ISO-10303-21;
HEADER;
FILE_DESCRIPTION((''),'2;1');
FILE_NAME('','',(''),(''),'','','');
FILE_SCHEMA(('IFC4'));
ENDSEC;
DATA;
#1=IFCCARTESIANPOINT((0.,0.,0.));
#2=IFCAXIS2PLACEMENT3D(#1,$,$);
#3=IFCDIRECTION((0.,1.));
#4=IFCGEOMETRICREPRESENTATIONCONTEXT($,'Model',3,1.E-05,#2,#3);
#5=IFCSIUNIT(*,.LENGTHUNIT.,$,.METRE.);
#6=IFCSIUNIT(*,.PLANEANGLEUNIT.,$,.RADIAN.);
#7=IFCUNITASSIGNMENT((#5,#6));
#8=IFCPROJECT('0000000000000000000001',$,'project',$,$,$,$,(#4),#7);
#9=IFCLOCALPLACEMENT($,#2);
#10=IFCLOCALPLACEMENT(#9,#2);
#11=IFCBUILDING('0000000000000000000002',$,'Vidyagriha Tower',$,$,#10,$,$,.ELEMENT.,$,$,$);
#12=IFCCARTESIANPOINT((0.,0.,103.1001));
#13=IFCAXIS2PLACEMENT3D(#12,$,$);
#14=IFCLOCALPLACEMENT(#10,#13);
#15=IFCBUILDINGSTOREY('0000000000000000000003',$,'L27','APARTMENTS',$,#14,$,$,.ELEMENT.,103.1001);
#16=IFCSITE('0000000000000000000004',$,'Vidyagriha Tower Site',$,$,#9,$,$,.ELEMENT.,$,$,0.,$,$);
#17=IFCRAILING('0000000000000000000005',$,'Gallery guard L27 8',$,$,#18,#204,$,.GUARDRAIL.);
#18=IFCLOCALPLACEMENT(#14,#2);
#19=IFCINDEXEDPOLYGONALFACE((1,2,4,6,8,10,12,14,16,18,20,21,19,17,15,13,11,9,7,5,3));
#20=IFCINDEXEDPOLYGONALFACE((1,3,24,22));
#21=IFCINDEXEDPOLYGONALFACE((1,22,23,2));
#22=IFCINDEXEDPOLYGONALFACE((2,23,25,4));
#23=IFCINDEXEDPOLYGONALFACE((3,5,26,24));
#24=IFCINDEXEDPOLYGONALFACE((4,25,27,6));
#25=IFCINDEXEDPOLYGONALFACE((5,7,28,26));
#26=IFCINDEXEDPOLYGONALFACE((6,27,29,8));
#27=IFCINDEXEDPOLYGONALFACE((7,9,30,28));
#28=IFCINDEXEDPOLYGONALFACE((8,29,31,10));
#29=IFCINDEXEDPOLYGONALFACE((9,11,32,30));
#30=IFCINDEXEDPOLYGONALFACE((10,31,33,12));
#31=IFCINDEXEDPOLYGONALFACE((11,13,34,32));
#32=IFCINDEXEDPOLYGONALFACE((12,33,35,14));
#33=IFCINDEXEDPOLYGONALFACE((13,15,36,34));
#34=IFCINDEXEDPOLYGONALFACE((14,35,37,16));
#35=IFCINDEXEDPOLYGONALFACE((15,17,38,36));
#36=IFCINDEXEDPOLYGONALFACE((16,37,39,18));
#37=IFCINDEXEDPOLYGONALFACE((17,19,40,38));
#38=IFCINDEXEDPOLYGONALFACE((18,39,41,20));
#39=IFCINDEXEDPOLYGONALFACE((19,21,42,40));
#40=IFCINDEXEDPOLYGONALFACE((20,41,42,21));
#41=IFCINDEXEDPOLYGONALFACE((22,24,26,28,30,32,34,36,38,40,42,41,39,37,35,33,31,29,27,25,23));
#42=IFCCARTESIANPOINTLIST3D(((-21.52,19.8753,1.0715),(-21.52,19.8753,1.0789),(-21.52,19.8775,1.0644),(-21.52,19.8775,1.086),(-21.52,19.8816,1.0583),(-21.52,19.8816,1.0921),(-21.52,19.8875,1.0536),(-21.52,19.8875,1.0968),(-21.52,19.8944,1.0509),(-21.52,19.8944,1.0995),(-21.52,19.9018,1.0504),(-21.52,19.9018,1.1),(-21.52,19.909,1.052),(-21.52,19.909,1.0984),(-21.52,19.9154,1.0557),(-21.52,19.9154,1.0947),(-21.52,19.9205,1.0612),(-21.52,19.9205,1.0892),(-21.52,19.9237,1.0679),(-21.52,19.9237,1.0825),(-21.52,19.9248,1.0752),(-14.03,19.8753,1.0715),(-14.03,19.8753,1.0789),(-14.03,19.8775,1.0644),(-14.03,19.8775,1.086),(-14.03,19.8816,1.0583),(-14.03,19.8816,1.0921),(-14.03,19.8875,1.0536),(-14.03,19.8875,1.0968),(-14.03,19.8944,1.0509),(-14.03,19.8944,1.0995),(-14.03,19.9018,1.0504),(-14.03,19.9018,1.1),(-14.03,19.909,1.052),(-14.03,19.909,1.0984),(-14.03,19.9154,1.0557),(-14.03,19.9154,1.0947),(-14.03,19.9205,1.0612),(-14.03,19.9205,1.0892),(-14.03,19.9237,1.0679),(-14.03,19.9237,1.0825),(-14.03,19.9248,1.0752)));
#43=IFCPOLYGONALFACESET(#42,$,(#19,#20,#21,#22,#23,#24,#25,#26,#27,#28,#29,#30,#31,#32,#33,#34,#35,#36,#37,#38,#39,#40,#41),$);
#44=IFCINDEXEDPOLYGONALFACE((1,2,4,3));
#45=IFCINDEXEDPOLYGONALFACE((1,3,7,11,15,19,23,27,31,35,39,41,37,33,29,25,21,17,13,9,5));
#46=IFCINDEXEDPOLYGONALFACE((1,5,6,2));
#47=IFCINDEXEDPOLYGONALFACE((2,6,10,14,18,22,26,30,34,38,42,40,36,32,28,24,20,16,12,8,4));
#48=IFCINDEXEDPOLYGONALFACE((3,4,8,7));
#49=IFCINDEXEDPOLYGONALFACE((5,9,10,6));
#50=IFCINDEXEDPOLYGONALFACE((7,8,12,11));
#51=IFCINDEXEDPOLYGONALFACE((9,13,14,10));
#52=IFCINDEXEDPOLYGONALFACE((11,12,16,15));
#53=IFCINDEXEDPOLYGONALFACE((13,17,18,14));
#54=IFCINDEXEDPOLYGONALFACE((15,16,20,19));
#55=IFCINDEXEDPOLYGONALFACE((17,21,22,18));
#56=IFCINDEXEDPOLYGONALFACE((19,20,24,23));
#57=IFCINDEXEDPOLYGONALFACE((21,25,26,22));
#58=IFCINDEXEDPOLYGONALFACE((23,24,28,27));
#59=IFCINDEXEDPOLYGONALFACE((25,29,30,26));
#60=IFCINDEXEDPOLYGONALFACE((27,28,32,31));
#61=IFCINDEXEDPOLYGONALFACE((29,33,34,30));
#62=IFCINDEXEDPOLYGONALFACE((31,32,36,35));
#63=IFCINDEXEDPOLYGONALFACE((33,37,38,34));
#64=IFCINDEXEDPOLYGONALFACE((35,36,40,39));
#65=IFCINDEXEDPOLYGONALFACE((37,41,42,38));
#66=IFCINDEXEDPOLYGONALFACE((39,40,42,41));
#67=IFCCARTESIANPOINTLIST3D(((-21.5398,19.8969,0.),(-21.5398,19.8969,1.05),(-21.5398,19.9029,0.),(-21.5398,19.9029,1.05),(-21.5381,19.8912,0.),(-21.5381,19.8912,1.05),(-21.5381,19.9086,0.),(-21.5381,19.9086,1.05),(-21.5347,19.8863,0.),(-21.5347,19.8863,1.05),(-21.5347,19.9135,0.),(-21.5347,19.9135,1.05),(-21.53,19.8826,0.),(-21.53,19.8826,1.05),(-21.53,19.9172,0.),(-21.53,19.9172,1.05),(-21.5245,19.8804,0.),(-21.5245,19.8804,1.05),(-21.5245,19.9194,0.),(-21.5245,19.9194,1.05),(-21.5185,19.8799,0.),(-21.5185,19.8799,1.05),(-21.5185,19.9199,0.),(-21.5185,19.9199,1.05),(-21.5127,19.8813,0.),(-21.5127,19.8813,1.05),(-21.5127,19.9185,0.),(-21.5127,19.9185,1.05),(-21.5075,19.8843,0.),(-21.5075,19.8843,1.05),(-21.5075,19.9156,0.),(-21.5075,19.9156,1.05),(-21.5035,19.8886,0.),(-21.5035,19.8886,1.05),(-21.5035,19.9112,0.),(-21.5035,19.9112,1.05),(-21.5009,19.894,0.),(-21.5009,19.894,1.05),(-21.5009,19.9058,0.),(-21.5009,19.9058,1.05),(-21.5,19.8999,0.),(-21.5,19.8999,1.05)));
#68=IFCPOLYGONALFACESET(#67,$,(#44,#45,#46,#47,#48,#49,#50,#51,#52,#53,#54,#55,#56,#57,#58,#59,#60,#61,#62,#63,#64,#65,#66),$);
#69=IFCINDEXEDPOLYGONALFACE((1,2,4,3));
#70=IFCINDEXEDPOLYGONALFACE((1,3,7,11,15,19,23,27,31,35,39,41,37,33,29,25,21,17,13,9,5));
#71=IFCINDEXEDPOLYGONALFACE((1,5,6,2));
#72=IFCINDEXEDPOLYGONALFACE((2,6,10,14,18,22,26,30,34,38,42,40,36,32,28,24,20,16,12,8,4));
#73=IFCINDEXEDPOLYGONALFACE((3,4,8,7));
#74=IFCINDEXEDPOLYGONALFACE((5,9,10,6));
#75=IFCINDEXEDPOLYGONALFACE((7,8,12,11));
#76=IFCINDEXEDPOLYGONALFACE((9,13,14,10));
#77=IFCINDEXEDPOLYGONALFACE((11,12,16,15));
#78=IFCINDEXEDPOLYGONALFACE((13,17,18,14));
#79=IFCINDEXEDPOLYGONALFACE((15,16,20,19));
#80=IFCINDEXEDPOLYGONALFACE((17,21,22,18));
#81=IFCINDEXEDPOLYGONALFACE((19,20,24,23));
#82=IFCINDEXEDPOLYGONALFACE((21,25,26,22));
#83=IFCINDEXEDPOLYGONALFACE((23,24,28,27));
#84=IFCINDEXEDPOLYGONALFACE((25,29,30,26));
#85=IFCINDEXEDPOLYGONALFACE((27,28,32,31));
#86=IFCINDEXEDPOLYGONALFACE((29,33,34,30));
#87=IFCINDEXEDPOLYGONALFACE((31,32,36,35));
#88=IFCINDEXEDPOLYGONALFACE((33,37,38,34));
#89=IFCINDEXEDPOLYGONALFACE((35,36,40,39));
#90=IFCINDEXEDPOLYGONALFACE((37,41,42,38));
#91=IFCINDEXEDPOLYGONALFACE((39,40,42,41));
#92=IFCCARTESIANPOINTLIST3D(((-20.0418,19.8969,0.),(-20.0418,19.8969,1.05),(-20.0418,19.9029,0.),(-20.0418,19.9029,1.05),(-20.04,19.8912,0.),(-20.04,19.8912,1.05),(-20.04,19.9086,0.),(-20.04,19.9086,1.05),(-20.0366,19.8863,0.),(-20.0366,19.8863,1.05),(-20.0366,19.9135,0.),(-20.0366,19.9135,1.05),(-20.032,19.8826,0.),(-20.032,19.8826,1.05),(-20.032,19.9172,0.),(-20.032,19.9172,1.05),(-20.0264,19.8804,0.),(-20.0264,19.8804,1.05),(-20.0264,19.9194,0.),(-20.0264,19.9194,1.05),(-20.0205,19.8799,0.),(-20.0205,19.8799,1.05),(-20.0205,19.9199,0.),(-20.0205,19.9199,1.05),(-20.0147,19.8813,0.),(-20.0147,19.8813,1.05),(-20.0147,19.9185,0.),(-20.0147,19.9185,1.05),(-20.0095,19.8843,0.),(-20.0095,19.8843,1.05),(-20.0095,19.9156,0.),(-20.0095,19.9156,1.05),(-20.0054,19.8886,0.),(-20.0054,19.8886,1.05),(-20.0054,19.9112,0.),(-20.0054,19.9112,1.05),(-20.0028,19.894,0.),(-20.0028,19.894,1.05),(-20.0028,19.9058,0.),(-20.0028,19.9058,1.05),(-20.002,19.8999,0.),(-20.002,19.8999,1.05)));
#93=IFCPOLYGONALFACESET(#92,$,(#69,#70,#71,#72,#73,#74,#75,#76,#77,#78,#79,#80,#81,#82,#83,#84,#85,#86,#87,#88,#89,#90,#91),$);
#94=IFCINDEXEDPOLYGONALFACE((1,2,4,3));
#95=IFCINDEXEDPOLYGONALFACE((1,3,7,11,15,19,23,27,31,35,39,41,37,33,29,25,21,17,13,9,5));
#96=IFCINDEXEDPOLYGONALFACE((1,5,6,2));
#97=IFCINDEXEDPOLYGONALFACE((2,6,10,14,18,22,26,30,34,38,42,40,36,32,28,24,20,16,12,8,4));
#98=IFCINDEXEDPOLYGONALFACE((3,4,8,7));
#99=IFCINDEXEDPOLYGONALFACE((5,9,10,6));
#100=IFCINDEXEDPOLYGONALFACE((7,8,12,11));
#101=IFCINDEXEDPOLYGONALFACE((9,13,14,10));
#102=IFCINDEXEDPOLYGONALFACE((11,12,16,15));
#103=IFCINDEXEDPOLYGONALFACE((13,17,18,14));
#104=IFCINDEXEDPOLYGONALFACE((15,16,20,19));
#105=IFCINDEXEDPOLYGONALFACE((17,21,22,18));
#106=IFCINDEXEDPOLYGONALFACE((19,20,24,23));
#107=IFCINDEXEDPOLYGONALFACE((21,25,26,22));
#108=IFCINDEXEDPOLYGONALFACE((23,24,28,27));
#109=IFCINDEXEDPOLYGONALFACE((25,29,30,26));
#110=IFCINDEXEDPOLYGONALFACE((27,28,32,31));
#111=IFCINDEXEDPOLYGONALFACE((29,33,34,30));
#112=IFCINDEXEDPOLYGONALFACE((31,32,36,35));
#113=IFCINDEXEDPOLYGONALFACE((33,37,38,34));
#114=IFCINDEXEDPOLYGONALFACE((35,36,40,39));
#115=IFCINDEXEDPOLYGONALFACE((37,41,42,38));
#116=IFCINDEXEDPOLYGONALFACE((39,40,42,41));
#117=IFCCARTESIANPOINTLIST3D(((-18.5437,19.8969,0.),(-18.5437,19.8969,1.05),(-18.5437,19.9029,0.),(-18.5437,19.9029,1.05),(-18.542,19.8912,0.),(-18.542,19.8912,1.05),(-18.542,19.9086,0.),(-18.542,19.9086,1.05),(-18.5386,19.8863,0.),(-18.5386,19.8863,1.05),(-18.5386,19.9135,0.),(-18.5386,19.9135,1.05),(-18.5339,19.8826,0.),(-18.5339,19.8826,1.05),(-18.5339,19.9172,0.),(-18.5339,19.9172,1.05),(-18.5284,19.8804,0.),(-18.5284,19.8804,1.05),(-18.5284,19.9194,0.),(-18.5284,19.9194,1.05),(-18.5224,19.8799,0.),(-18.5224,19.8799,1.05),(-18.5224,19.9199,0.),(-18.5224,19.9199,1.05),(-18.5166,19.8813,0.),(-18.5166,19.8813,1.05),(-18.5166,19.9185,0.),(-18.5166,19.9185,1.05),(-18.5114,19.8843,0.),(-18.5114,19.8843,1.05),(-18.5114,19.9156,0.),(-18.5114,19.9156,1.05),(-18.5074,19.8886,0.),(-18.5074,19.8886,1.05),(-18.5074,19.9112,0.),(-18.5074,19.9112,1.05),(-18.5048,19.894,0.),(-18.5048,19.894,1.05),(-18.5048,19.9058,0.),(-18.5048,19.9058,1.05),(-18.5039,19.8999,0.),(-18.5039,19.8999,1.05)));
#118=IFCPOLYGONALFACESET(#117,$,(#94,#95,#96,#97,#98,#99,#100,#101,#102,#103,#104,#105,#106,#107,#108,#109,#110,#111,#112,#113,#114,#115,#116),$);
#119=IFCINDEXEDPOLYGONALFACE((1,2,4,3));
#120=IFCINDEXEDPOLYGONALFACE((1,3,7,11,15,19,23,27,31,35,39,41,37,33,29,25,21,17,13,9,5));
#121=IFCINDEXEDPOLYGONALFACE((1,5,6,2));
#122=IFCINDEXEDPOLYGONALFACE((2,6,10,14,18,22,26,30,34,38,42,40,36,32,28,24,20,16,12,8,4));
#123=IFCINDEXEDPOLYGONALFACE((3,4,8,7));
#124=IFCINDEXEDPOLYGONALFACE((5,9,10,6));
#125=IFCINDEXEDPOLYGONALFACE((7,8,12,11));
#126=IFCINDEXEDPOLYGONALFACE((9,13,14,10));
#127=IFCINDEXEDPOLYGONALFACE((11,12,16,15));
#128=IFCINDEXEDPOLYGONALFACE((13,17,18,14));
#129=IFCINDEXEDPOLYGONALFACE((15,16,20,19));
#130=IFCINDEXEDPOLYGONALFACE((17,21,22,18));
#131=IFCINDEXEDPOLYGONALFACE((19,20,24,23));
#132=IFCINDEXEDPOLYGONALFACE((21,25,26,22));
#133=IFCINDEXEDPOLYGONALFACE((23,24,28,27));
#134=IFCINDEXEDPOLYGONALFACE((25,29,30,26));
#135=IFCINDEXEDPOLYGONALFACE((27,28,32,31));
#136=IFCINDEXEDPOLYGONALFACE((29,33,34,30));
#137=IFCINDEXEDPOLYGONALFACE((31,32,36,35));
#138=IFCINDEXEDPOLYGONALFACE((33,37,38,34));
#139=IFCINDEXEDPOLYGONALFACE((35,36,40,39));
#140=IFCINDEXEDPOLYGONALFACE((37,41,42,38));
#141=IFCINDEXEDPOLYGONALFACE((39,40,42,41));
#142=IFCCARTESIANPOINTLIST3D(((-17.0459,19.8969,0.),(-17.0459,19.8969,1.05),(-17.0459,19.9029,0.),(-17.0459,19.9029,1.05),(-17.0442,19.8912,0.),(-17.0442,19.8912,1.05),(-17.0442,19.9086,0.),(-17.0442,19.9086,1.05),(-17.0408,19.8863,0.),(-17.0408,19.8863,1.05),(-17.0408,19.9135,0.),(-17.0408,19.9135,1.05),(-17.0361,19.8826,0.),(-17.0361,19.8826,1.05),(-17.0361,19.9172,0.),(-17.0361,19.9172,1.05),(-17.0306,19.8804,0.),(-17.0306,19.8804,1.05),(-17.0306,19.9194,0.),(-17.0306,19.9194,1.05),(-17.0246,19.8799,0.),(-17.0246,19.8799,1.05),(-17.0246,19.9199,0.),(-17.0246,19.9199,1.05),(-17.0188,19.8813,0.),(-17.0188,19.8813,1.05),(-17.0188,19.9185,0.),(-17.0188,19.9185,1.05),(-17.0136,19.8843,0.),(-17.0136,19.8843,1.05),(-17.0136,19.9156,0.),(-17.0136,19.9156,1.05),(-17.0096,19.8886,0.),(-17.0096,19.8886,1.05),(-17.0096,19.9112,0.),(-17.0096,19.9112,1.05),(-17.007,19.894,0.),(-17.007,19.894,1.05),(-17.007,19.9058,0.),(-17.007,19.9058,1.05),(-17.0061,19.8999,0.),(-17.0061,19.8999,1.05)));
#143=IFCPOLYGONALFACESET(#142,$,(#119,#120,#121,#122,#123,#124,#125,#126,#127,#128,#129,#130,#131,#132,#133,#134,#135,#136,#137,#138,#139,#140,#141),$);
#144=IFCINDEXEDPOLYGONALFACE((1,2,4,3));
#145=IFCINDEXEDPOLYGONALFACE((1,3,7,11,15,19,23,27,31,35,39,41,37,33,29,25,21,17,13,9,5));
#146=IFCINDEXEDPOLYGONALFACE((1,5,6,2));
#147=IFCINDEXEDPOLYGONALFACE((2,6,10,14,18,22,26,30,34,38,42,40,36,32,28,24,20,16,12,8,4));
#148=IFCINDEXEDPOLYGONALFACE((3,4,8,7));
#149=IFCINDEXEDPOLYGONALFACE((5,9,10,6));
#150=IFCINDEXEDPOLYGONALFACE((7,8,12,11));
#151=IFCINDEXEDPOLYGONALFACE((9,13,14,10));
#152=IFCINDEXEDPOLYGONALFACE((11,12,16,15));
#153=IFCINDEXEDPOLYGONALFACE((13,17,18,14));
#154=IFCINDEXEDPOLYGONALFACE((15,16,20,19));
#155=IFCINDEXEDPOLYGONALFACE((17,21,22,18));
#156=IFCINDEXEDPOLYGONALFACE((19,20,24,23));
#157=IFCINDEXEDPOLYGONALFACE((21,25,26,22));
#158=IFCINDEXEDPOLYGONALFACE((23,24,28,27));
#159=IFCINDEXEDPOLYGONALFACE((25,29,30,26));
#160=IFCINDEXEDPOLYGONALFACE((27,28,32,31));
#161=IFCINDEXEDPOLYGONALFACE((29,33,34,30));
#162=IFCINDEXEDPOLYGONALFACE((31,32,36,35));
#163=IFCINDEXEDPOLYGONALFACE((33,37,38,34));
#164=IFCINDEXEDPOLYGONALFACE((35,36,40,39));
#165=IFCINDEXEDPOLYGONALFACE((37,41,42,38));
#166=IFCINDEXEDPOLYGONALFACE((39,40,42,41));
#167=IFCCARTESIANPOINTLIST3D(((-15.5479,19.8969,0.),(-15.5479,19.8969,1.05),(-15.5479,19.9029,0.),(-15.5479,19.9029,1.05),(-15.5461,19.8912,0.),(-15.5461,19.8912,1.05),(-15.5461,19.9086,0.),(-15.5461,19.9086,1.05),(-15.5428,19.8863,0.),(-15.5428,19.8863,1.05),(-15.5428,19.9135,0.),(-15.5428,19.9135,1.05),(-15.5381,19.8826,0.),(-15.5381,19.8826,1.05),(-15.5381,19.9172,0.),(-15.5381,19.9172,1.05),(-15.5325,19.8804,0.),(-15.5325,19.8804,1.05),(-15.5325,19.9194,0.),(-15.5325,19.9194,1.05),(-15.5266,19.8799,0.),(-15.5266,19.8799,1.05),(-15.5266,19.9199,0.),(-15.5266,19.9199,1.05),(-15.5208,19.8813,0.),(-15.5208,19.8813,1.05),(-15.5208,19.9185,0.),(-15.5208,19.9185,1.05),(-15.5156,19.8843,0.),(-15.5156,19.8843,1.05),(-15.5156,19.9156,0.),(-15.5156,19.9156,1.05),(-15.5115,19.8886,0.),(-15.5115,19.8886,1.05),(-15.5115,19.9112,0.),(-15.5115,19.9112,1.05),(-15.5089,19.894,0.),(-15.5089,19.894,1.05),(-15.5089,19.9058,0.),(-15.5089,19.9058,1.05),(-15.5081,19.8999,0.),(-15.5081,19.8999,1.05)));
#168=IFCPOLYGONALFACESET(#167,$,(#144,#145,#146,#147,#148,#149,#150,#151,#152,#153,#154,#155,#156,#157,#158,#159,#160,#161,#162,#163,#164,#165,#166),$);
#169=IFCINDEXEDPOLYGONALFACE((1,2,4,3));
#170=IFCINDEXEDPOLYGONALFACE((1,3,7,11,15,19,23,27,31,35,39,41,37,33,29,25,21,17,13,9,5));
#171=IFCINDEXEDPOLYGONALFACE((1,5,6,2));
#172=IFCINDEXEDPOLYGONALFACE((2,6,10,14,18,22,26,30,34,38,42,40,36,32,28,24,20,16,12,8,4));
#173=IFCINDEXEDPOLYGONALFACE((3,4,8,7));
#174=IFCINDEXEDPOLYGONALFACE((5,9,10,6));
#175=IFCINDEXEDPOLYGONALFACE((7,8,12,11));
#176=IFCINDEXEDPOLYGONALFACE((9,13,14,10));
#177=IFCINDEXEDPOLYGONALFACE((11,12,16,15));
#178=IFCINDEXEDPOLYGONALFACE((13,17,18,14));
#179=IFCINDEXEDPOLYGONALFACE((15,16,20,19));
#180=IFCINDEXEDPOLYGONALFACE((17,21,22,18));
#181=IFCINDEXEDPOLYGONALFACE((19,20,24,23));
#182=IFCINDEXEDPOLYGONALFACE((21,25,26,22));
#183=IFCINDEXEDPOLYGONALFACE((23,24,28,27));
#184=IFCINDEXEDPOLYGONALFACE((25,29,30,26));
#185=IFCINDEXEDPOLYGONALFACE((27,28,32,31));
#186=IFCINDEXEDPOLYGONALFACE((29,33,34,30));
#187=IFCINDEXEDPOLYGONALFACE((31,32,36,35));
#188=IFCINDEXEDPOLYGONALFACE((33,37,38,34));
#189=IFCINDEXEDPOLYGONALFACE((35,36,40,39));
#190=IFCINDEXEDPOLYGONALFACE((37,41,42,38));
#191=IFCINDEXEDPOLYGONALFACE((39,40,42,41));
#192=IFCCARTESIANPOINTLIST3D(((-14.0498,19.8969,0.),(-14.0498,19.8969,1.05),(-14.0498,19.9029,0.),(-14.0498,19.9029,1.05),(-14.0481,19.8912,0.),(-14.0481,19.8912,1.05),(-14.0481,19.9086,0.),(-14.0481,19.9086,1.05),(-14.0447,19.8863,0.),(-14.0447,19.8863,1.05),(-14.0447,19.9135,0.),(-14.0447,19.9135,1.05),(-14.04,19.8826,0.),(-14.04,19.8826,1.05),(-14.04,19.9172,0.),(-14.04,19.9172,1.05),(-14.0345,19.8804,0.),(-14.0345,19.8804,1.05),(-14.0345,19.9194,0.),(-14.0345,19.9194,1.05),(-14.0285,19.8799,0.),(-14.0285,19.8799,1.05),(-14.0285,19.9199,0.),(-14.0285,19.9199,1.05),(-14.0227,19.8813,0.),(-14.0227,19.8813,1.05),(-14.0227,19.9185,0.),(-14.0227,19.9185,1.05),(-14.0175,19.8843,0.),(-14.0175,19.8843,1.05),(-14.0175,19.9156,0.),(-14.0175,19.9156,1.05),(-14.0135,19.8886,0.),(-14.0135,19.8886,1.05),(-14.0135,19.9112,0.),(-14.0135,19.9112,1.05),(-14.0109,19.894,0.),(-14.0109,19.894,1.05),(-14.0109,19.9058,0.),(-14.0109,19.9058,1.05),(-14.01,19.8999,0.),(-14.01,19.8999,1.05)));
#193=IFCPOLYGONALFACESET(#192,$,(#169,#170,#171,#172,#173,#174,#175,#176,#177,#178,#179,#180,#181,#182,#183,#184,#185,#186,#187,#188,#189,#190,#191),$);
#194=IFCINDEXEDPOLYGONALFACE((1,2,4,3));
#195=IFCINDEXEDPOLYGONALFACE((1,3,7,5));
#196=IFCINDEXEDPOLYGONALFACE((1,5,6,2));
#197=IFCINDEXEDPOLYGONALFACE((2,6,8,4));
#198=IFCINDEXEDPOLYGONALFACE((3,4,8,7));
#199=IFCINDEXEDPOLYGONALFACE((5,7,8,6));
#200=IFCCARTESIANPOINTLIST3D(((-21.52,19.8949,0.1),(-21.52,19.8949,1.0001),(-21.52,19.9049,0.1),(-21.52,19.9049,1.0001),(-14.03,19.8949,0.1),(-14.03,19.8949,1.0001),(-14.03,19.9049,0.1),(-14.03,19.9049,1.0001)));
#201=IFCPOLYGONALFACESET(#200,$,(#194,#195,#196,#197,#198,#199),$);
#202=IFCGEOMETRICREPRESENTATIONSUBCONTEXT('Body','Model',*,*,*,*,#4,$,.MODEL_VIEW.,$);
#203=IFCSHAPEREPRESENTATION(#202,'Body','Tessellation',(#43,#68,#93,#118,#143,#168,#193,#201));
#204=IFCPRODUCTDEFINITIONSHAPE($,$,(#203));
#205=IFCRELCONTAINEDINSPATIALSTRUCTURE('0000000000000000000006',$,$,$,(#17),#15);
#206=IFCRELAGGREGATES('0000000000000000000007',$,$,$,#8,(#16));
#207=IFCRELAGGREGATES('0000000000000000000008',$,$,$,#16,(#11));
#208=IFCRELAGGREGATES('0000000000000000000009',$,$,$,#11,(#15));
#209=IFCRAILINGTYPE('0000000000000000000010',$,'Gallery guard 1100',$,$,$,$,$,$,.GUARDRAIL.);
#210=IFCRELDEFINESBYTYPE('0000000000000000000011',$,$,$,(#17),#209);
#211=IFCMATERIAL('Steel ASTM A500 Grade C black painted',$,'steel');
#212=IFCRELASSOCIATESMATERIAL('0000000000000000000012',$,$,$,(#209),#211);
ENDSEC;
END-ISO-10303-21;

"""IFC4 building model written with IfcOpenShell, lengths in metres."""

from ifc_helpers import new_model, si_unit, direction, frame, origin, origin_2d, place, context, subcontext, project, spatial, rectangle, circle, extrude, material, type_object, element, save


model = new_model("IFC4")

# Units and contexts
model_context = context("Model", 3, precision=1e-05, world=origin(), true_north=direction((0.0, 1.0)))
body_context = subcontext(model_context, "Body", "Model", "MODEL_VIEW")
ifc_project = project(units=[si_unit("LENGTHUNIT", "METRE"), si_unit("PLANEANGLEUNIT", "RADIAN")], contexts=[model_context])

# Site, building, storey
site_placement = place(None, origin())
site = spatial("IfcSite", under=ifc_project, at=site_placement, Name="Vidyagriha Tower Site", CompositionType="ELEMENT", RefElevation=0.0)
building_placement = place(site_placement, origin())
building = spatial("IfcBuilding", under=site, at=building_placement, Name="Vidyagriha Tower", CompositionType="ELEMENT")
storey_placement = place(building_placement, frame((0.0, 0.0, 103.1001)))
storey = spatial("IfcBuildingStorey", under=building, at=storey_placement, Name="L27", Description="APARTMENTS", CompositionType="ELEMENT", Elevation=103.1001)

# Railing
ifc_material_1 = material(Name="Steel ASTM A500 Grade C black painted", Category="steel")
railing_type = type_object("IfcRailingType", Name="Gallery guard 1100", PredefinedType="GUARDRAIL", material=ifc_material_1)
railing_1_placement = place(storey_placement, frame((-21.52, 19.8999, 0.0)))
element("IfcRailing", 1, at=railing_1_placement, inside=storey, type_object=railing_type, Name="Gallery guard L27 8", PredefinedType="GUARDRAIL", context=body_context, shape_type="SweptSolid", body=[
    extrude(circle(Radius=0.0249, at=origin_2d()), frame((0.0, 0.0, 1.0752), z_axis=(1.0, 0.0, 0.0), x_axis=(0.0, 1.0, 0.0)), (0.0, 0.0, 1.0), 7.49),
    extrude(circle(Radius=0.02, at=origin_2d()), origin(), (0.0, 0.0, 1.0), 1.05),
    extrude(circle(Radius=0.02, at=origin_2d()), frame((1.498, 0.0, 0.0)), (0.0, 0.0, 1.0), 1.05),
    extrude(circle(Radius=0.02, at=origin_2d()), frame((2.9961, 0.0, 0.0)), (0.0, 0.0, 1.0), 1.05),
    extrude(circle(Radius=0.02, at=origin_2d()), frame((4.4939, 0.0, 0.0)), (0.0, 0.0, 1.0), 1.05),
    extrude(circle(Radius=0.02, at=origin_2d()), frame((5.9919, 0.0, 0.0)), (0.0, 0.0, 1.0), 1.05),
    extrude(circle(Radius=0.02, at=origin_2d()), frame((7.49, 0.0, 0.0)), (0.0, 0.0, 1.0), 1.05),
    extrude(rectangle(XDim=0.01, YDim=0.9001, at=origin_2d()), frame((0.0, 0.0, 0.55), z_axis=(1.0, 0.0, 0.0), x_axis=(0.0, 1.0, 0.0)), (0.0, 0.0, 1.0), 7.49),
])

save(model, "model.ifc")
